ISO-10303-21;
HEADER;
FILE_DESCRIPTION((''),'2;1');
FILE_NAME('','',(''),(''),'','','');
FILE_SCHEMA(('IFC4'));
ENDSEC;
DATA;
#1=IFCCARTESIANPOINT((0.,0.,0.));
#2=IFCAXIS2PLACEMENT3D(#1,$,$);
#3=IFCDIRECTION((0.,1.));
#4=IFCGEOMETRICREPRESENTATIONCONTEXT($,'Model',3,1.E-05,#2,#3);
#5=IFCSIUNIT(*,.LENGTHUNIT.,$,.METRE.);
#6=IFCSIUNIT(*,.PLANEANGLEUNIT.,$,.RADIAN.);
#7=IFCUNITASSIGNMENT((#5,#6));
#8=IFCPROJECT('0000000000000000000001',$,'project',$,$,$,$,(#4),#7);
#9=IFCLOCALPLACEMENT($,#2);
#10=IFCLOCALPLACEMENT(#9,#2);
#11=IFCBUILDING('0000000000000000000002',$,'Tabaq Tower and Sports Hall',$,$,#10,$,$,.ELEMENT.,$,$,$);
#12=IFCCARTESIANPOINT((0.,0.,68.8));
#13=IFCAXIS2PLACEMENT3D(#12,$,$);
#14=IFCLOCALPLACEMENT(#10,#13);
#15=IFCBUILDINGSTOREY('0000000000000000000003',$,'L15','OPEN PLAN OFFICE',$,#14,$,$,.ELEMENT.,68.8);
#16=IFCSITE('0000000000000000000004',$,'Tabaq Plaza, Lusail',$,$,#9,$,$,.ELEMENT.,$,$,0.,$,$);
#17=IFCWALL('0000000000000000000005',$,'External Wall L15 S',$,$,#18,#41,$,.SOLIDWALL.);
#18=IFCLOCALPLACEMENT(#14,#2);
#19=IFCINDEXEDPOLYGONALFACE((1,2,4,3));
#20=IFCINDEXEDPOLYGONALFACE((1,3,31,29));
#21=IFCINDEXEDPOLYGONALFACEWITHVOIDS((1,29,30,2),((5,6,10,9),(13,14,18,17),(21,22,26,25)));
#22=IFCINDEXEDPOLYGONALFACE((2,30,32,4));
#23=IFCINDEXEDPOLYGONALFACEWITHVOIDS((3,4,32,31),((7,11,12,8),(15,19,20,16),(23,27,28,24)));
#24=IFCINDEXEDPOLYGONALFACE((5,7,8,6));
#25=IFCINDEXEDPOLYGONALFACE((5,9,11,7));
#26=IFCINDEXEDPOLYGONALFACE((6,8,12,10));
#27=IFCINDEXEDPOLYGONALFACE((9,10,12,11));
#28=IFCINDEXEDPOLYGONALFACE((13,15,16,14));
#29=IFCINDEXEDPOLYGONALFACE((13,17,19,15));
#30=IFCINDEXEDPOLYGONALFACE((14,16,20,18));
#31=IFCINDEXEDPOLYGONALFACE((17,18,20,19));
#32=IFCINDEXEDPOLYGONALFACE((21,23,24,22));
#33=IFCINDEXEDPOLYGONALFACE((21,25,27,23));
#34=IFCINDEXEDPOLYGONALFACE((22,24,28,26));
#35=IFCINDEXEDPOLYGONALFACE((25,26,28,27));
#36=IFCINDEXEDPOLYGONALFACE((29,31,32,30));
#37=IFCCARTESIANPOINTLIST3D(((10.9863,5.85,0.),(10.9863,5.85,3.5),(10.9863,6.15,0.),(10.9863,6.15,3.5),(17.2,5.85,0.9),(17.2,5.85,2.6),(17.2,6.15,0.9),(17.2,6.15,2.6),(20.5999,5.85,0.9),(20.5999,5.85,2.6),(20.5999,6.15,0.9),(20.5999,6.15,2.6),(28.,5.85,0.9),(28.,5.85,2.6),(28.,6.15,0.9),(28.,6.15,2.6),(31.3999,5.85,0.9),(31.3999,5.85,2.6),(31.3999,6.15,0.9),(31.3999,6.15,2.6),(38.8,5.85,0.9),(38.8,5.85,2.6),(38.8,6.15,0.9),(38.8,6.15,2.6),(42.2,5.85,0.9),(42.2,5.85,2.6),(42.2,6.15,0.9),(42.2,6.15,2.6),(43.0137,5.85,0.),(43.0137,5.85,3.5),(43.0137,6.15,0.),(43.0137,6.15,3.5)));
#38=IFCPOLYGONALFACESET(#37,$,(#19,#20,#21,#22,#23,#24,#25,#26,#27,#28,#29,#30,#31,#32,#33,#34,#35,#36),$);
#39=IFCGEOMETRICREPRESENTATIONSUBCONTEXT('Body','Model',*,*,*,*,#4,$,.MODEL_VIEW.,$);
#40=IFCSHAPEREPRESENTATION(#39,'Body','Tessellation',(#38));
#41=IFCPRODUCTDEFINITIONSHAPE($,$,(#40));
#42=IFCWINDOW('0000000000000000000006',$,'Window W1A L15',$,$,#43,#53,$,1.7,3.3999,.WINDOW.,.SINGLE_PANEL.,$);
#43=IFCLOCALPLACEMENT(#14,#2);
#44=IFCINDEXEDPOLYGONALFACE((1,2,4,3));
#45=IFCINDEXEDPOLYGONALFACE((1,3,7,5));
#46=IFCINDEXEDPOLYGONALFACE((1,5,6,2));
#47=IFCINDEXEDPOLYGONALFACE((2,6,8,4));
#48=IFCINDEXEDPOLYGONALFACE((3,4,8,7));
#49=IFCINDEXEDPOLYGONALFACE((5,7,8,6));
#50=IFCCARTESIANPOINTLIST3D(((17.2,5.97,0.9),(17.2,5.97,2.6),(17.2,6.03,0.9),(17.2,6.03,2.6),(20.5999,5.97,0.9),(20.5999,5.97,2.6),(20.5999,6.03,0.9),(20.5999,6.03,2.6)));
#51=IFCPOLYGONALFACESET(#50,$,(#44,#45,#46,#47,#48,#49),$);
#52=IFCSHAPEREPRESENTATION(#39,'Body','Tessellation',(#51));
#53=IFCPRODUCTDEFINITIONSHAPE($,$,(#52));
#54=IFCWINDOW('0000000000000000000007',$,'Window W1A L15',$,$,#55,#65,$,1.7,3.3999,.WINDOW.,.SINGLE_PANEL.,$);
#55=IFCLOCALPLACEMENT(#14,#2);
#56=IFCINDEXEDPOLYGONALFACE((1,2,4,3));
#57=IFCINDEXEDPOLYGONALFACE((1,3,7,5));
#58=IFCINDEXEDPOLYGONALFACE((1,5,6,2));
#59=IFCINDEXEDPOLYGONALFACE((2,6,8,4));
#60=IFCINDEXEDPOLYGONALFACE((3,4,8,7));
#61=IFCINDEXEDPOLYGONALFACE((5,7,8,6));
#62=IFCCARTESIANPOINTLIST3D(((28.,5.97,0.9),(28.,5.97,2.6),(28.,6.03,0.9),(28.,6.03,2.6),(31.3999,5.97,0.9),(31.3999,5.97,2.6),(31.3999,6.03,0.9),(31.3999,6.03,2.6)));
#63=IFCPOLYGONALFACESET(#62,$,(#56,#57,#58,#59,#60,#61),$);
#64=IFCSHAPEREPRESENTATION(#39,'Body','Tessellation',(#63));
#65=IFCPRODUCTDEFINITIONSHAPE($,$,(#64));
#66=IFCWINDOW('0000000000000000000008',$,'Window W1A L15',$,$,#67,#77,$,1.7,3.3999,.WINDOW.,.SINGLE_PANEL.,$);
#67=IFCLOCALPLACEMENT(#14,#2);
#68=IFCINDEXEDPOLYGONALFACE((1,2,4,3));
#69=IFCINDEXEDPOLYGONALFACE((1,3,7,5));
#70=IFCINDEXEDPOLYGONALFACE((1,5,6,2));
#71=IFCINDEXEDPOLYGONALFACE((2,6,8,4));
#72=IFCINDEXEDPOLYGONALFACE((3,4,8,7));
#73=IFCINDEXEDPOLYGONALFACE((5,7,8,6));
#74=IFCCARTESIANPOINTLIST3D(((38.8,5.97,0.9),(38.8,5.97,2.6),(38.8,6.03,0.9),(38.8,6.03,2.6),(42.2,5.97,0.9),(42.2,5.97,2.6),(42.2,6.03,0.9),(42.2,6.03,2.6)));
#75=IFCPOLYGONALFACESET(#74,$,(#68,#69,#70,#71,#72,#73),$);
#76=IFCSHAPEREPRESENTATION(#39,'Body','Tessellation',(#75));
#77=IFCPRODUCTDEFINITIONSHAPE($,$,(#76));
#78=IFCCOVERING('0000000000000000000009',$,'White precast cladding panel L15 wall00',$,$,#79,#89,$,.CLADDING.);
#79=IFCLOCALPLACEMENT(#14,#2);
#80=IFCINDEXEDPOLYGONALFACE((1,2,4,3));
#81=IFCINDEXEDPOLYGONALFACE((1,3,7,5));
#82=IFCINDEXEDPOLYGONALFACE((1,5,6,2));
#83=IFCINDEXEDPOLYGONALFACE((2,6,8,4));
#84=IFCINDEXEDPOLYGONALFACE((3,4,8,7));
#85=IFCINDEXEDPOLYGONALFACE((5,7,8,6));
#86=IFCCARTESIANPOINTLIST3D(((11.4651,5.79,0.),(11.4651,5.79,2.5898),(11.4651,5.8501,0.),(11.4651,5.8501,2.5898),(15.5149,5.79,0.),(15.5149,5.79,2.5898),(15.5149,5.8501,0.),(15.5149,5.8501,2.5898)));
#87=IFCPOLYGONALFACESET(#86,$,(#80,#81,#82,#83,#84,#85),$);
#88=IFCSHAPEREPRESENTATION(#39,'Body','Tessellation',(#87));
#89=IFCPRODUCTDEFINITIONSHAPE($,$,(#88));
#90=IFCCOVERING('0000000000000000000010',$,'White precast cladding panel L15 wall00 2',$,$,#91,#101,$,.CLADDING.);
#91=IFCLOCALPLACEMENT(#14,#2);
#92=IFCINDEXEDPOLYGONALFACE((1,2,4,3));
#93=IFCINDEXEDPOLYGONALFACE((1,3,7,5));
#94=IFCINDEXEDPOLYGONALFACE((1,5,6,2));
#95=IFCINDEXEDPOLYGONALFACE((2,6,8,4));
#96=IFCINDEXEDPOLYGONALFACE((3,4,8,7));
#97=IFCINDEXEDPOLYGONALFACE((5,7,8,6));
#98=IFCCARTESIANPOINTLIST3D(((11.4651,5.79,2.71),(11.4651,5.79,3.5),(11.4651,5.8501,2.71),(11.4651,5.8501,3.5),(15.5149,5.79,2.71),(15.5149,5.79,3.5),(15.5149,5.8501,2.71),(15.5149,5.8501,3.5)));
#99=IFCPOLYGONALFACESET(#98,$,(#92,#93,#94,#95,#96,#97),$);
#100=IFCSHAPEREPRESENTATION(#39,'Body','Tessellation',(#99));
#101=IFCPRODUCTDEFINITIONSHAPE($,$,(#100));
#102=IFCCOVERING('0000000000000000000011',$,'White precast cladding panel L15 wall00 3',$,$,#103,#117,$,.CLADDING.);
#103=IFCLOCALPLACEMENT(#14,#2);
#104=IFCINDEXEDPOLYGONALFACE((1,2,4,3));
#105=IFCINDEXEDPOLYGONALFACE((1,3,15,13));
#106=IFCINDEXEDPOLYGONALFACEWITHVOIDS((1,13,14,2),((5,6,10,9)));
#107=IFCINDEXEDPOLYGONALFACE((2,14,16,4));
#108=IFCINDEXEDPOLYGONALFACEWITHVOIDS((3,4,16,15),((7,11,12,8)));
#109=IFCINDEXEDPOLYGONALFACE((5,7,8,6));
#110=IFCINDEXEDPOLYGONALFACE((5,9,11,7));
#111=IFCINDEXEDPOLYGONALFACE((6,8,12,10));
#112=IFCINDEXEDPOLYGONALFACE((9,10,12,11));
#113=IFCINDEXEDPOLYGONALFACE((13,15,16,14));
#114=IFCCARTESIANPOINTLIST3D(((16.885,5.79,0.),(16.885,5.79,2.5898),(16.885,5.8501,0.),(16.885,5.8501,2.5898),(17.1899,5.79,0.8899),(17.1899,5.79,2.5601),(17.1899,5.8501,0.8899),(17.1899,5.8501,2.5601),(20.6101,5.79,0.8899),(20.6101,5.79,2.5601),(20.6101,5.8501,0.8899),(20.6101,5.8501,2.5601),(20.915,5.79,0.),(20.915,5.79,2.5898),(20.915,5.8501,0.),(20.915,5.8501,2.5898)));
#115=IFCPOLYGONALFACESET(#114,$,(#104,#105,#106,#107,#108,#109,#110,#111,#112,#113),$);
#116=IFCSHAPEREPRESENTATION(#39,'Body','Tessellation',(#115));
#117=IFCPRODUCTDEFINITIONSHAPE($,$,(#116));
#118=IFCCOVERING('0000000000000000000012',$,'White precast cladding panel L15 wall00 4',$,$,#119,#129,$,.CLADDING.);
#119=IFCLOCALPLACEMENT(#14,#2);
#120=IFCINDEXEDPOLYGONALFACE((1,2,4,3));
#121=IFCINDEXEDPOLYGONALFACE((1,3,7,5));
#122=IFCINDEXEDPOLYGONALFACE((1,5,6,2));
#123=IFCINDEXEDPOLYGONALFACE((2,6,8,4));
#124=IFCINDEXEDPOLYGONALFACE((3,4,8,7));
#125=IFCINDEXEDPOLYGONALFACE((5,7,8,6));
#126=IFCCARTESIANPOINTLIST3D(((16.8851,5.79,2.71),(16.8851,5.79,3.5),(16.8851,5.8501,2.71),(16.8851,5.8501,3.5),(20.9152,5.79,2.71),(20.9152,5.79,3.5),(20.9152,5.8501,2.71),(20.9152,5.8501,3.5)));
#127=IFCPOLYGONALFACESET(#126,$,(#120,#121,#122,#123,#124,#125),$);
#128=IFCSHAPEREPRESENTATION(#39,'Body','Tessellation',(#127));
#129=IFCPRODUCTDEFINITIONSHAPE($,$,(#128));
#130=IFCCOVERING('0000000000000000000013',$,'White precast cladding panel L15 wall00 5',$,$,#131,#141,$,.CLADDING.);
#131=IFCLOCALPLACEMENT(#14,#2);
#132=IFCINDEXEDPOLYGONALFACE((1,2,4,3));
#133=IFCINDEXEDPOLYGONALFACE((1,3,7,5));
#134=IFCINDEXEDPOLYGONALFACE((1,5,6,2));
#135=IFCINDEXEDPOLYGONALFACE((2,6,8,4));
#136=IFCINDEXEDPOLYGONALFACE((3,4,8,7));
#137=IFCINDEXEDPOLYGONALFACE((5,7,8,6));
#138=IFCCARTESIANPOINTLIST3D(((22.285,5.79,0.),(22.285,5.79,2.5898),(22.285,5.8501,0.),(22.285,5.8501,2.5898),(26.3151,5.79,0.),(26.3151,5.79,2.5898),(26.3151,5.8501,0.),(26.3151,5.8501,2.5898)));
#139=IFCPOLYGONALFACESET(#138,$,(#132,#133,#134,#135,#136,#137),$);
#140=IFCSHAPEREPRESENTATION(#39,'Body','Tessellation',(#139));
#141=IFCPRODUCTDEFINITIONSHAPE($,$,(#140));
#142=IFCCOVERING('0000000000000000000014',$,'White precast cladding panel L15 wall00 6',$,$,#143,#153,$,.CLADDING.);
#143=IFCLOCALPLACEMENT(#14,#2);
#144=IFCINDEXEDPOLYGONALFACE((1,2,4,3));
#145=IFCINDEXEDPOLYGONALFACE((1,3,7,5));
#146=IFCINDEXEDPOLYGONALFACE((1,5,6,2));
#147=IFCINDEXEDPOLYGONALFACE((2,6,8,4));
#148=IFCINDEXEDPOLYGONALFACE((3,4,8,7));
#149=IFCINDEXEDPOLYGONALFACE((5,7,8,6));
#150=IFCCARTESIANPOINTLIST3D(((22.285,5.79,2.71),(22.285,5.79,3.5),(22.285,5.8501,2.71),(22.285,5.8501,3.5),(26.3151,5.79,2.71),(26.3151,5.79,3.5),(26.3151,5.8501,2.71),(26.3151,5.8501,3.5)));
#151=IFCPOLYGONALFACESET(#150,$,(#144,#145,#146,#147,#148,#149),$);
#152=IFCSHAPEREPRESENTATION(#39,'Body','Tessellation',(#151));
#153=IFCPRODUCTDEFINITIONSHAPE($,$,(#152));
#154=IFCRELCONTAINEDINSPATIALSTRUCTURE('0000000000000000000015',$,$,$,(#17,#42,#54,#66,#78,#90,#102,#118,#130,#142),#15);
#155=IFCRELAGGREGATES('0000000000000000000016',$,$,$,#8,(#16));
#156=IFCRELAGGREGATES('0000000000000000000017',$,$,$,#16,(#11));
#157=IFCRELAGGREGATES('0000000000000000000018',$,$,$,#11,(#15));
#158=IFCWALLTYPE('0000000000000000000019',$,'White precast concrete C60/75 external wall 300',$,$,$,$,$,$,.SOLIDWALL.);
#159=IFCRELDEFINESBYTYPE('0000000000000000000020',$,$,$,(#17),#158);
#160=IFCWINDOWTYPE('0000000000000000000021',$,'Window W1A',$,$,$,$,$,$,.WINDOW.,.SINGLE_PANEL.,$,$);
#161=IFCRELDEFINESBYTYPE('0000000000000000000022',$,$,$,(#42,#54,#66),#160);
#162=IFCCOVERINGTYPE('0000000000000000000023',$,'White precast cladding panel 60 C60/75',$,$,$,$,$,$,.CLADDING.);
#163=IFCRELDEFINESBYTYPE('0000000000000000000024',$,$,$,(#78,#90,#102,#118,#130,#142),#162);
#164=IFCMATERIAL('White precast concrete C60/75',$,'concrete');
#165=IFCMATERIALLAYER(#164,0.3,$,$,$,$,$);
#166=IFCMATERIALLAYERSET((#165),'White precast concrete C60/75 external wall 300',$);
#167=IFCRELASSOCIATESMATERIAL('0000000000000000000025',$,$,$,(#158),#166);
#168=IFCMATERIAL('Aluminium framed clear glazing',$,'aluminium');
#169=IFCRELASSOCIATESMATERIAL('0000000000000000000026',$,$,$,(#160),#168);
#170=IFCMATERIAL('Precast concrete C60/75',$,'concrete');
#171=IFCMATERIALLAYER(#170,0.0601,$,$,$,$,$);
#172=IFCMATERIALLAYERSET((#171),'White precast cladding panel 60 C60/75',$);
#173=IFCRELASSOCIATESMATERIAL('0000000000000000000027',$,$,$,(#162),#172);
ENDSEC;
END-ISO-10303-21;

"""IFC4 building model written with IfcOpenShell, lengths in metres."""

from ifc_helpers import new_model, si_unit, direction, frame, frame_2d, origin, place, context, subcontext, project, spatial, polyline, rectangle, outline, extrude, material, layer, layer_set, type_object, element, fill, save


model = new_model("IFC4")

# Units and contexts
model_context = context("Model", 3, precision=1e-05, world=origin(), true_north=direction((0.0, 1.0)))
body_context = subcontext(model_context, "Body", "Model", "MODEL_VIEW")
ifc_project = project(units=[si_unit("LENGTHUNIT", "METRE"), si_unit("PLANEANGLEUNIT", "RADIAN")], contexts=[model_context])

# Site, building, storey
site_placement = place(None, origin())
site = spatial("IfcSite", under=ifc_project, at=site_placement, Name="Tabaq Plaza, Lusail", CompositionType="ELEMENT", RefElevation=0.0)
building_placement = place(site_placement, origin())
building = spatial("IfcBuilding", under=site, at=building_placement, Name="Tabaq Tower and Sports Hall", CompositionType="ELEMENT")
storey_placement = place(building_placement, frame((0.0, 0.0, 68.8)))
storey = spatial("IfcBuildingStorey", under=building, at=storey_placement, Name="L15", Description="OPEN PLAN OFFICE", CompositionType="ELEMENT", Elevation=68.8)

# Wall, openings, windows
ifc_material_1 = material(Name="White precast concrete C60/75", Category="concrete")
ifc_layer_1 = layer(ifc_material_1, 0.3)
ifc_layer_set_1 = layer_set([ifc_layer_1], Name="White precast concrete C60/75 external wall 300")
wall_type_1 = type_object("IfcWallType", Name="White precast concrete C60/75 external wall 300", PredefinedType="SOLIDWALL", material=ifc_layer_set_1)
wall_1_placement = place(storey_placement, frame((10.9863, 6.0, 0.0), z_axis=(0.0, 0.0, 1.0), x_axis=(1.0, 0.0, 0.0)))
wall_1 = element("IfcWall", 1, at=wall_1_placement, inside=storey, type_object=wall_type_1, Name="External Wall L15 S", PredefinedType="SOLIDWALL", context=body_context, shape_type="SweptSolid", body=[
    extrude(rectangle(XDim=32.0273, YDim=0.3, at=frame_2d((16.0137, 0.0))), origin(), (0.0, 0.0, 1.0), 3.5),
])
opening_1_placement = place(wall_1_placement, frame((6.2136, 0.0, 0.8999)))
opening_1 = element("IfcOpeningElement", 2, at=opening_1_placement, cuts=wall_1, PredefinedType="OPENING", context=body_context, shape_type="SweptSolid", body=[
    extrude(rectangle(XDim=3.3999, YDim=1.7, at=frame_2d((1.7, 0.8501))), frame((0.0, 0.1602, 0.0), z_axis=(0.0, -1.0, 0.0), x_axis=(1.0, 0.0, 0.0)), (0.0, 0.0, 1.0), 0.3201),
])
opening_2_placement = place(wall_1_placement, frame((17.0137, 0.0, 0.8999)))
opening_2 = element("IfcOpeningElement", 3, at=opening_2_placement, cuts=wall_1, PredefinedType="OPENING", context=body_context, shape_type="SweptSolid", body=[
    extrude(rectangle(XDim=3.3999, YDim=1.7, at=frame_2d((1.7, 0.8501))), frame((0.0, 0.1602, 0.0), z_axis=(0.0, -1.0, 0.0), x_axis=(1.0, 0.0, 0.0)), (0.0, 0.0, 1.0), 0.3201),
])
opening_3_placement = place(wall_1_placement, frame((27.8137, 0.0, 0.8999)))
opening_3 = element("IfcOpeningElement", 4, at=opening_3_placement, cuts=wall_1, PredefinedType="OPENING", context=body_context, shape_type="SweptSolid", body=[
    extrude(rectangle(XDim=3.3999, YDim=1.7, at=frame_2d((1.7, 0.8501))), frame((0.0, 0.1602, 0.0), z_axis=(0.0, -1.0, 0.0), x_axis=(1.0, 0.0, 0.0)), (0.0, 0.0, 1.0), 0.3201),
])
ifc_material_2 = material(Name="Aluminium framed clear glazing", Category="aluminium")
window_type = type_object("IfcWindowType", Name="Window W1A", PartitioningType="SINGLE_PANEL", PredefinedType="WINDOW", material=ifc_material_2)
window_1_placement = place(opening_1_placement, origin())
window_1 = element("IfcWindow", 5, at=window_1_placement, inside=storey, type_object=window_type, Name="Window W1A L15", OverallHeight=1.7, OverallWidth=3.3999, PartitioningType="SINGLE_PANEL", PredefinedType="WINDOW", context=body_context, shape_type="SweptSolid", body=[
    extrude(rectangle(XDim=3.3999, YDim=1.7, at=frame_2d((1.7, 0.8501))), frame((0.0, 0.03, 0.0), z_axis=(0.0, -1.0, 0.0), x_axis=(1.0, 0.0, 0.0)), (0.0, 0.0, 1.0), 0.0601),
])
fill(opening_1, window_1)
window_2_placement = place(opening_2_placement, origin())
window_2 = element("IfcWindow", 6, at=window_2_placement, inside=storey, type_object=window_type, Name="Window W1A L15", OverallHeight=1.7, OverallWidth=3.3999, PartitioningType="SINGLE_PANEL", PredefinedType="WINDOW", context=body_context, shape_type="SweptSolid", body=[
    extrude(rectangle(XDim=3.3999, YDim=1.7, at=frame_2d((1.7, 0.8501))), frame((0.0, 0.03, 0.0), z_axis=(0.0, -1.0, 0.0), x_axis=(1.0, 0.0, 0.0)), (0.0, 0.0, 1.0), 0.0601),
])
fill(opening_2, window_2)
window_3_placement = place(opening_3_placement, origin())
window_3 = element("IfcWindow", 7, at=window_3_placement, inside=storey, type_object=window_type, Name="Window W1A L15", OverallHeight=1.7, OverallWidth=3.3999, PartitioningType="SINGLE_PANEL", PredefinedType="WINDOW", context=body_context, shape_type="SweptSolid", body=[
    extrude(rectangle(XDim=3.3999, YDim=1.7, at=frame_2d((1.7, 0.8501))), frame((0.0, 0.03, 0.0), z_axis=(0.0, -1.0, 0.0), x_axis=(1.0, 0.0, 0.0)), (0.0, 0.0, 1.0), 0.0601),
])
fill(opening_3, window_3)

# Coverings
ifc_material_3 = material(Name="Precast concrete C60/75", Category="concrete")
ifc_layer_2 = layer(ifc_material_3, 0.0601)
ifc_layer_set_2 = layer_set([ifc_layer_2], Name="White precast cladding panel 60 C60/75")
covering_type = type_object("IfcCoveringType", Name="White precast cladding panel 60 C60/75", PredefinedType="CLADDING", material=ifc_layer_set_2)
covering_1_placement = place(storey_placement, frame((11.4651, 5.8201, 0.0), z_axis=(0.0, 0.0, 1.0), x_axis=(1.0, 0.0, 0.0)))
element("IfcCovering", 8, at=covering_1_placement, inside=storey, type_object=covering_type, Name="White precast cladding panel L15 wall00", PredefinedType="CLADDING", context=body_context, shape_type="SweptSolid", body=[
    extrude(rectangle(XDim=4.0498, YDim=0.0601, at=frame_2d((2.0249, 0.0))), origin(), (0.0, 0.0, 1.0), 2.5898),
])
covering_2_placement = place(storey_placement, frame((11.4651, 5.8201, 2.71), z_axis=(0.0, 0.0, 1.0), x_axis=(1.0, 0.0, 0.0)))
element("IfcCovering", 9, at=covering_2_placement, inside=storey, type_object=covering_type, Name="White precast cladding panel L15 wall00 2", PredefinedType="CLADDING", context=body_context, shape_type="SweptSolid", body=[
    extrude(rectangle(XDim=4.0498, YDim=0.0601, at=frame_2d((2.0249, 0.0))), origin(), (0.0, 0.0, 1.0), 0.79),
])
covering_3_placement = place(storey_placement, frame((16.885, 5.8201, 0.0), z_axis=(0.0, 0.0, 1.0), x_axis=(1.0, 0.0, 0.0)))
element("IfcCovering", 10, at=covering_3_placement, inside=storey, type_object=covering_type, Name="White precast cladding panel L15 wall00 3", PredefinedType="CLADDING", context=body_context, shape_type="SweptSolid", body=[
    extrude(outline(polyline([(0.0, 0.0), (4.03, 0.0), (4.03, 2.5898), (0.0, 2.5898), (0.0, 0.0)]), holes=[polyline([(3.7251, 0.8899), (0.3049, 0.8899), (0.3049, 2.5601), (3.7251, 2.5601), (3.7251, 0.8899)])]), frame((0.0, 0.03, 0.0), z_axis=(0.0, -1.0, 0.0), x_axis=(1.0, 0.0, 0.0)), (0.0, 0.0, 1.0), 0.0601),
])
covering_4_placement = place(storey_placement, frame((16.885, 5.8201, 2.71), z_axis=(0.0, 0.0, 1.0), x_axis=(1.0, 0.0, 0.0)))
element("IfcCovering", 11, at=covering_4_placement, inside=storey, type_object=covering_type, Name="White precast cladding panel L15 wall00 4", PredefinedType="CLADDING", context=body_context, shape_type="SweptSolid", body=[
    extrude(rectangle(XDim=4.03, YDim=0.0601, at=frame_2d((2.0151, 0.0))), origin(), (0.0, 0.0, 1.0), 0.79),
])
covering_5_placement = place(storey_placement, frame((22.2849, 5.8201, 0.0), z_axis=(0.0, 0.0, 1.0), x_axis=(1.0, 0.0, 0.0)))
element("IfcCovering", 12, at=covering_5_placement, inside=storey, type_object=covering_type, Name="White precast cladding panel L15 wall00 5", PredefinedType="CLADDING", context=body_context, shape_type="SweptSolid", body=[
    extrude(rectangle(XDim=4.03, YDim=0.0601, at=frame_2d((2.0151, 0.0))), origin(), (0.0, 0.0, 1.0), 2.5898),
])
covering_6_placement = place(storey_placement, frame((22.2849, 5.8201, 2.71), z_axis=(0.0, 0.0, 1.0), x_axis=(1.0, 0.0, 0.0)))
element("IfcCovering", 13, at=covering_6_placement, inside=storey, type_object=covering_type, Name="White precast cladding panel L15 wall00 6", PredefinedType="CLADDING", context=body_context, shape_type="SweptSolid", body=[
    extrude(rectangle(XDim=4.03, YDim=0.0601, at=frame_2d((2.0151, 0.0))), origin(), (0.0, 0.0, 1.0), 0.79),
])

save(model, "model.ifc")
